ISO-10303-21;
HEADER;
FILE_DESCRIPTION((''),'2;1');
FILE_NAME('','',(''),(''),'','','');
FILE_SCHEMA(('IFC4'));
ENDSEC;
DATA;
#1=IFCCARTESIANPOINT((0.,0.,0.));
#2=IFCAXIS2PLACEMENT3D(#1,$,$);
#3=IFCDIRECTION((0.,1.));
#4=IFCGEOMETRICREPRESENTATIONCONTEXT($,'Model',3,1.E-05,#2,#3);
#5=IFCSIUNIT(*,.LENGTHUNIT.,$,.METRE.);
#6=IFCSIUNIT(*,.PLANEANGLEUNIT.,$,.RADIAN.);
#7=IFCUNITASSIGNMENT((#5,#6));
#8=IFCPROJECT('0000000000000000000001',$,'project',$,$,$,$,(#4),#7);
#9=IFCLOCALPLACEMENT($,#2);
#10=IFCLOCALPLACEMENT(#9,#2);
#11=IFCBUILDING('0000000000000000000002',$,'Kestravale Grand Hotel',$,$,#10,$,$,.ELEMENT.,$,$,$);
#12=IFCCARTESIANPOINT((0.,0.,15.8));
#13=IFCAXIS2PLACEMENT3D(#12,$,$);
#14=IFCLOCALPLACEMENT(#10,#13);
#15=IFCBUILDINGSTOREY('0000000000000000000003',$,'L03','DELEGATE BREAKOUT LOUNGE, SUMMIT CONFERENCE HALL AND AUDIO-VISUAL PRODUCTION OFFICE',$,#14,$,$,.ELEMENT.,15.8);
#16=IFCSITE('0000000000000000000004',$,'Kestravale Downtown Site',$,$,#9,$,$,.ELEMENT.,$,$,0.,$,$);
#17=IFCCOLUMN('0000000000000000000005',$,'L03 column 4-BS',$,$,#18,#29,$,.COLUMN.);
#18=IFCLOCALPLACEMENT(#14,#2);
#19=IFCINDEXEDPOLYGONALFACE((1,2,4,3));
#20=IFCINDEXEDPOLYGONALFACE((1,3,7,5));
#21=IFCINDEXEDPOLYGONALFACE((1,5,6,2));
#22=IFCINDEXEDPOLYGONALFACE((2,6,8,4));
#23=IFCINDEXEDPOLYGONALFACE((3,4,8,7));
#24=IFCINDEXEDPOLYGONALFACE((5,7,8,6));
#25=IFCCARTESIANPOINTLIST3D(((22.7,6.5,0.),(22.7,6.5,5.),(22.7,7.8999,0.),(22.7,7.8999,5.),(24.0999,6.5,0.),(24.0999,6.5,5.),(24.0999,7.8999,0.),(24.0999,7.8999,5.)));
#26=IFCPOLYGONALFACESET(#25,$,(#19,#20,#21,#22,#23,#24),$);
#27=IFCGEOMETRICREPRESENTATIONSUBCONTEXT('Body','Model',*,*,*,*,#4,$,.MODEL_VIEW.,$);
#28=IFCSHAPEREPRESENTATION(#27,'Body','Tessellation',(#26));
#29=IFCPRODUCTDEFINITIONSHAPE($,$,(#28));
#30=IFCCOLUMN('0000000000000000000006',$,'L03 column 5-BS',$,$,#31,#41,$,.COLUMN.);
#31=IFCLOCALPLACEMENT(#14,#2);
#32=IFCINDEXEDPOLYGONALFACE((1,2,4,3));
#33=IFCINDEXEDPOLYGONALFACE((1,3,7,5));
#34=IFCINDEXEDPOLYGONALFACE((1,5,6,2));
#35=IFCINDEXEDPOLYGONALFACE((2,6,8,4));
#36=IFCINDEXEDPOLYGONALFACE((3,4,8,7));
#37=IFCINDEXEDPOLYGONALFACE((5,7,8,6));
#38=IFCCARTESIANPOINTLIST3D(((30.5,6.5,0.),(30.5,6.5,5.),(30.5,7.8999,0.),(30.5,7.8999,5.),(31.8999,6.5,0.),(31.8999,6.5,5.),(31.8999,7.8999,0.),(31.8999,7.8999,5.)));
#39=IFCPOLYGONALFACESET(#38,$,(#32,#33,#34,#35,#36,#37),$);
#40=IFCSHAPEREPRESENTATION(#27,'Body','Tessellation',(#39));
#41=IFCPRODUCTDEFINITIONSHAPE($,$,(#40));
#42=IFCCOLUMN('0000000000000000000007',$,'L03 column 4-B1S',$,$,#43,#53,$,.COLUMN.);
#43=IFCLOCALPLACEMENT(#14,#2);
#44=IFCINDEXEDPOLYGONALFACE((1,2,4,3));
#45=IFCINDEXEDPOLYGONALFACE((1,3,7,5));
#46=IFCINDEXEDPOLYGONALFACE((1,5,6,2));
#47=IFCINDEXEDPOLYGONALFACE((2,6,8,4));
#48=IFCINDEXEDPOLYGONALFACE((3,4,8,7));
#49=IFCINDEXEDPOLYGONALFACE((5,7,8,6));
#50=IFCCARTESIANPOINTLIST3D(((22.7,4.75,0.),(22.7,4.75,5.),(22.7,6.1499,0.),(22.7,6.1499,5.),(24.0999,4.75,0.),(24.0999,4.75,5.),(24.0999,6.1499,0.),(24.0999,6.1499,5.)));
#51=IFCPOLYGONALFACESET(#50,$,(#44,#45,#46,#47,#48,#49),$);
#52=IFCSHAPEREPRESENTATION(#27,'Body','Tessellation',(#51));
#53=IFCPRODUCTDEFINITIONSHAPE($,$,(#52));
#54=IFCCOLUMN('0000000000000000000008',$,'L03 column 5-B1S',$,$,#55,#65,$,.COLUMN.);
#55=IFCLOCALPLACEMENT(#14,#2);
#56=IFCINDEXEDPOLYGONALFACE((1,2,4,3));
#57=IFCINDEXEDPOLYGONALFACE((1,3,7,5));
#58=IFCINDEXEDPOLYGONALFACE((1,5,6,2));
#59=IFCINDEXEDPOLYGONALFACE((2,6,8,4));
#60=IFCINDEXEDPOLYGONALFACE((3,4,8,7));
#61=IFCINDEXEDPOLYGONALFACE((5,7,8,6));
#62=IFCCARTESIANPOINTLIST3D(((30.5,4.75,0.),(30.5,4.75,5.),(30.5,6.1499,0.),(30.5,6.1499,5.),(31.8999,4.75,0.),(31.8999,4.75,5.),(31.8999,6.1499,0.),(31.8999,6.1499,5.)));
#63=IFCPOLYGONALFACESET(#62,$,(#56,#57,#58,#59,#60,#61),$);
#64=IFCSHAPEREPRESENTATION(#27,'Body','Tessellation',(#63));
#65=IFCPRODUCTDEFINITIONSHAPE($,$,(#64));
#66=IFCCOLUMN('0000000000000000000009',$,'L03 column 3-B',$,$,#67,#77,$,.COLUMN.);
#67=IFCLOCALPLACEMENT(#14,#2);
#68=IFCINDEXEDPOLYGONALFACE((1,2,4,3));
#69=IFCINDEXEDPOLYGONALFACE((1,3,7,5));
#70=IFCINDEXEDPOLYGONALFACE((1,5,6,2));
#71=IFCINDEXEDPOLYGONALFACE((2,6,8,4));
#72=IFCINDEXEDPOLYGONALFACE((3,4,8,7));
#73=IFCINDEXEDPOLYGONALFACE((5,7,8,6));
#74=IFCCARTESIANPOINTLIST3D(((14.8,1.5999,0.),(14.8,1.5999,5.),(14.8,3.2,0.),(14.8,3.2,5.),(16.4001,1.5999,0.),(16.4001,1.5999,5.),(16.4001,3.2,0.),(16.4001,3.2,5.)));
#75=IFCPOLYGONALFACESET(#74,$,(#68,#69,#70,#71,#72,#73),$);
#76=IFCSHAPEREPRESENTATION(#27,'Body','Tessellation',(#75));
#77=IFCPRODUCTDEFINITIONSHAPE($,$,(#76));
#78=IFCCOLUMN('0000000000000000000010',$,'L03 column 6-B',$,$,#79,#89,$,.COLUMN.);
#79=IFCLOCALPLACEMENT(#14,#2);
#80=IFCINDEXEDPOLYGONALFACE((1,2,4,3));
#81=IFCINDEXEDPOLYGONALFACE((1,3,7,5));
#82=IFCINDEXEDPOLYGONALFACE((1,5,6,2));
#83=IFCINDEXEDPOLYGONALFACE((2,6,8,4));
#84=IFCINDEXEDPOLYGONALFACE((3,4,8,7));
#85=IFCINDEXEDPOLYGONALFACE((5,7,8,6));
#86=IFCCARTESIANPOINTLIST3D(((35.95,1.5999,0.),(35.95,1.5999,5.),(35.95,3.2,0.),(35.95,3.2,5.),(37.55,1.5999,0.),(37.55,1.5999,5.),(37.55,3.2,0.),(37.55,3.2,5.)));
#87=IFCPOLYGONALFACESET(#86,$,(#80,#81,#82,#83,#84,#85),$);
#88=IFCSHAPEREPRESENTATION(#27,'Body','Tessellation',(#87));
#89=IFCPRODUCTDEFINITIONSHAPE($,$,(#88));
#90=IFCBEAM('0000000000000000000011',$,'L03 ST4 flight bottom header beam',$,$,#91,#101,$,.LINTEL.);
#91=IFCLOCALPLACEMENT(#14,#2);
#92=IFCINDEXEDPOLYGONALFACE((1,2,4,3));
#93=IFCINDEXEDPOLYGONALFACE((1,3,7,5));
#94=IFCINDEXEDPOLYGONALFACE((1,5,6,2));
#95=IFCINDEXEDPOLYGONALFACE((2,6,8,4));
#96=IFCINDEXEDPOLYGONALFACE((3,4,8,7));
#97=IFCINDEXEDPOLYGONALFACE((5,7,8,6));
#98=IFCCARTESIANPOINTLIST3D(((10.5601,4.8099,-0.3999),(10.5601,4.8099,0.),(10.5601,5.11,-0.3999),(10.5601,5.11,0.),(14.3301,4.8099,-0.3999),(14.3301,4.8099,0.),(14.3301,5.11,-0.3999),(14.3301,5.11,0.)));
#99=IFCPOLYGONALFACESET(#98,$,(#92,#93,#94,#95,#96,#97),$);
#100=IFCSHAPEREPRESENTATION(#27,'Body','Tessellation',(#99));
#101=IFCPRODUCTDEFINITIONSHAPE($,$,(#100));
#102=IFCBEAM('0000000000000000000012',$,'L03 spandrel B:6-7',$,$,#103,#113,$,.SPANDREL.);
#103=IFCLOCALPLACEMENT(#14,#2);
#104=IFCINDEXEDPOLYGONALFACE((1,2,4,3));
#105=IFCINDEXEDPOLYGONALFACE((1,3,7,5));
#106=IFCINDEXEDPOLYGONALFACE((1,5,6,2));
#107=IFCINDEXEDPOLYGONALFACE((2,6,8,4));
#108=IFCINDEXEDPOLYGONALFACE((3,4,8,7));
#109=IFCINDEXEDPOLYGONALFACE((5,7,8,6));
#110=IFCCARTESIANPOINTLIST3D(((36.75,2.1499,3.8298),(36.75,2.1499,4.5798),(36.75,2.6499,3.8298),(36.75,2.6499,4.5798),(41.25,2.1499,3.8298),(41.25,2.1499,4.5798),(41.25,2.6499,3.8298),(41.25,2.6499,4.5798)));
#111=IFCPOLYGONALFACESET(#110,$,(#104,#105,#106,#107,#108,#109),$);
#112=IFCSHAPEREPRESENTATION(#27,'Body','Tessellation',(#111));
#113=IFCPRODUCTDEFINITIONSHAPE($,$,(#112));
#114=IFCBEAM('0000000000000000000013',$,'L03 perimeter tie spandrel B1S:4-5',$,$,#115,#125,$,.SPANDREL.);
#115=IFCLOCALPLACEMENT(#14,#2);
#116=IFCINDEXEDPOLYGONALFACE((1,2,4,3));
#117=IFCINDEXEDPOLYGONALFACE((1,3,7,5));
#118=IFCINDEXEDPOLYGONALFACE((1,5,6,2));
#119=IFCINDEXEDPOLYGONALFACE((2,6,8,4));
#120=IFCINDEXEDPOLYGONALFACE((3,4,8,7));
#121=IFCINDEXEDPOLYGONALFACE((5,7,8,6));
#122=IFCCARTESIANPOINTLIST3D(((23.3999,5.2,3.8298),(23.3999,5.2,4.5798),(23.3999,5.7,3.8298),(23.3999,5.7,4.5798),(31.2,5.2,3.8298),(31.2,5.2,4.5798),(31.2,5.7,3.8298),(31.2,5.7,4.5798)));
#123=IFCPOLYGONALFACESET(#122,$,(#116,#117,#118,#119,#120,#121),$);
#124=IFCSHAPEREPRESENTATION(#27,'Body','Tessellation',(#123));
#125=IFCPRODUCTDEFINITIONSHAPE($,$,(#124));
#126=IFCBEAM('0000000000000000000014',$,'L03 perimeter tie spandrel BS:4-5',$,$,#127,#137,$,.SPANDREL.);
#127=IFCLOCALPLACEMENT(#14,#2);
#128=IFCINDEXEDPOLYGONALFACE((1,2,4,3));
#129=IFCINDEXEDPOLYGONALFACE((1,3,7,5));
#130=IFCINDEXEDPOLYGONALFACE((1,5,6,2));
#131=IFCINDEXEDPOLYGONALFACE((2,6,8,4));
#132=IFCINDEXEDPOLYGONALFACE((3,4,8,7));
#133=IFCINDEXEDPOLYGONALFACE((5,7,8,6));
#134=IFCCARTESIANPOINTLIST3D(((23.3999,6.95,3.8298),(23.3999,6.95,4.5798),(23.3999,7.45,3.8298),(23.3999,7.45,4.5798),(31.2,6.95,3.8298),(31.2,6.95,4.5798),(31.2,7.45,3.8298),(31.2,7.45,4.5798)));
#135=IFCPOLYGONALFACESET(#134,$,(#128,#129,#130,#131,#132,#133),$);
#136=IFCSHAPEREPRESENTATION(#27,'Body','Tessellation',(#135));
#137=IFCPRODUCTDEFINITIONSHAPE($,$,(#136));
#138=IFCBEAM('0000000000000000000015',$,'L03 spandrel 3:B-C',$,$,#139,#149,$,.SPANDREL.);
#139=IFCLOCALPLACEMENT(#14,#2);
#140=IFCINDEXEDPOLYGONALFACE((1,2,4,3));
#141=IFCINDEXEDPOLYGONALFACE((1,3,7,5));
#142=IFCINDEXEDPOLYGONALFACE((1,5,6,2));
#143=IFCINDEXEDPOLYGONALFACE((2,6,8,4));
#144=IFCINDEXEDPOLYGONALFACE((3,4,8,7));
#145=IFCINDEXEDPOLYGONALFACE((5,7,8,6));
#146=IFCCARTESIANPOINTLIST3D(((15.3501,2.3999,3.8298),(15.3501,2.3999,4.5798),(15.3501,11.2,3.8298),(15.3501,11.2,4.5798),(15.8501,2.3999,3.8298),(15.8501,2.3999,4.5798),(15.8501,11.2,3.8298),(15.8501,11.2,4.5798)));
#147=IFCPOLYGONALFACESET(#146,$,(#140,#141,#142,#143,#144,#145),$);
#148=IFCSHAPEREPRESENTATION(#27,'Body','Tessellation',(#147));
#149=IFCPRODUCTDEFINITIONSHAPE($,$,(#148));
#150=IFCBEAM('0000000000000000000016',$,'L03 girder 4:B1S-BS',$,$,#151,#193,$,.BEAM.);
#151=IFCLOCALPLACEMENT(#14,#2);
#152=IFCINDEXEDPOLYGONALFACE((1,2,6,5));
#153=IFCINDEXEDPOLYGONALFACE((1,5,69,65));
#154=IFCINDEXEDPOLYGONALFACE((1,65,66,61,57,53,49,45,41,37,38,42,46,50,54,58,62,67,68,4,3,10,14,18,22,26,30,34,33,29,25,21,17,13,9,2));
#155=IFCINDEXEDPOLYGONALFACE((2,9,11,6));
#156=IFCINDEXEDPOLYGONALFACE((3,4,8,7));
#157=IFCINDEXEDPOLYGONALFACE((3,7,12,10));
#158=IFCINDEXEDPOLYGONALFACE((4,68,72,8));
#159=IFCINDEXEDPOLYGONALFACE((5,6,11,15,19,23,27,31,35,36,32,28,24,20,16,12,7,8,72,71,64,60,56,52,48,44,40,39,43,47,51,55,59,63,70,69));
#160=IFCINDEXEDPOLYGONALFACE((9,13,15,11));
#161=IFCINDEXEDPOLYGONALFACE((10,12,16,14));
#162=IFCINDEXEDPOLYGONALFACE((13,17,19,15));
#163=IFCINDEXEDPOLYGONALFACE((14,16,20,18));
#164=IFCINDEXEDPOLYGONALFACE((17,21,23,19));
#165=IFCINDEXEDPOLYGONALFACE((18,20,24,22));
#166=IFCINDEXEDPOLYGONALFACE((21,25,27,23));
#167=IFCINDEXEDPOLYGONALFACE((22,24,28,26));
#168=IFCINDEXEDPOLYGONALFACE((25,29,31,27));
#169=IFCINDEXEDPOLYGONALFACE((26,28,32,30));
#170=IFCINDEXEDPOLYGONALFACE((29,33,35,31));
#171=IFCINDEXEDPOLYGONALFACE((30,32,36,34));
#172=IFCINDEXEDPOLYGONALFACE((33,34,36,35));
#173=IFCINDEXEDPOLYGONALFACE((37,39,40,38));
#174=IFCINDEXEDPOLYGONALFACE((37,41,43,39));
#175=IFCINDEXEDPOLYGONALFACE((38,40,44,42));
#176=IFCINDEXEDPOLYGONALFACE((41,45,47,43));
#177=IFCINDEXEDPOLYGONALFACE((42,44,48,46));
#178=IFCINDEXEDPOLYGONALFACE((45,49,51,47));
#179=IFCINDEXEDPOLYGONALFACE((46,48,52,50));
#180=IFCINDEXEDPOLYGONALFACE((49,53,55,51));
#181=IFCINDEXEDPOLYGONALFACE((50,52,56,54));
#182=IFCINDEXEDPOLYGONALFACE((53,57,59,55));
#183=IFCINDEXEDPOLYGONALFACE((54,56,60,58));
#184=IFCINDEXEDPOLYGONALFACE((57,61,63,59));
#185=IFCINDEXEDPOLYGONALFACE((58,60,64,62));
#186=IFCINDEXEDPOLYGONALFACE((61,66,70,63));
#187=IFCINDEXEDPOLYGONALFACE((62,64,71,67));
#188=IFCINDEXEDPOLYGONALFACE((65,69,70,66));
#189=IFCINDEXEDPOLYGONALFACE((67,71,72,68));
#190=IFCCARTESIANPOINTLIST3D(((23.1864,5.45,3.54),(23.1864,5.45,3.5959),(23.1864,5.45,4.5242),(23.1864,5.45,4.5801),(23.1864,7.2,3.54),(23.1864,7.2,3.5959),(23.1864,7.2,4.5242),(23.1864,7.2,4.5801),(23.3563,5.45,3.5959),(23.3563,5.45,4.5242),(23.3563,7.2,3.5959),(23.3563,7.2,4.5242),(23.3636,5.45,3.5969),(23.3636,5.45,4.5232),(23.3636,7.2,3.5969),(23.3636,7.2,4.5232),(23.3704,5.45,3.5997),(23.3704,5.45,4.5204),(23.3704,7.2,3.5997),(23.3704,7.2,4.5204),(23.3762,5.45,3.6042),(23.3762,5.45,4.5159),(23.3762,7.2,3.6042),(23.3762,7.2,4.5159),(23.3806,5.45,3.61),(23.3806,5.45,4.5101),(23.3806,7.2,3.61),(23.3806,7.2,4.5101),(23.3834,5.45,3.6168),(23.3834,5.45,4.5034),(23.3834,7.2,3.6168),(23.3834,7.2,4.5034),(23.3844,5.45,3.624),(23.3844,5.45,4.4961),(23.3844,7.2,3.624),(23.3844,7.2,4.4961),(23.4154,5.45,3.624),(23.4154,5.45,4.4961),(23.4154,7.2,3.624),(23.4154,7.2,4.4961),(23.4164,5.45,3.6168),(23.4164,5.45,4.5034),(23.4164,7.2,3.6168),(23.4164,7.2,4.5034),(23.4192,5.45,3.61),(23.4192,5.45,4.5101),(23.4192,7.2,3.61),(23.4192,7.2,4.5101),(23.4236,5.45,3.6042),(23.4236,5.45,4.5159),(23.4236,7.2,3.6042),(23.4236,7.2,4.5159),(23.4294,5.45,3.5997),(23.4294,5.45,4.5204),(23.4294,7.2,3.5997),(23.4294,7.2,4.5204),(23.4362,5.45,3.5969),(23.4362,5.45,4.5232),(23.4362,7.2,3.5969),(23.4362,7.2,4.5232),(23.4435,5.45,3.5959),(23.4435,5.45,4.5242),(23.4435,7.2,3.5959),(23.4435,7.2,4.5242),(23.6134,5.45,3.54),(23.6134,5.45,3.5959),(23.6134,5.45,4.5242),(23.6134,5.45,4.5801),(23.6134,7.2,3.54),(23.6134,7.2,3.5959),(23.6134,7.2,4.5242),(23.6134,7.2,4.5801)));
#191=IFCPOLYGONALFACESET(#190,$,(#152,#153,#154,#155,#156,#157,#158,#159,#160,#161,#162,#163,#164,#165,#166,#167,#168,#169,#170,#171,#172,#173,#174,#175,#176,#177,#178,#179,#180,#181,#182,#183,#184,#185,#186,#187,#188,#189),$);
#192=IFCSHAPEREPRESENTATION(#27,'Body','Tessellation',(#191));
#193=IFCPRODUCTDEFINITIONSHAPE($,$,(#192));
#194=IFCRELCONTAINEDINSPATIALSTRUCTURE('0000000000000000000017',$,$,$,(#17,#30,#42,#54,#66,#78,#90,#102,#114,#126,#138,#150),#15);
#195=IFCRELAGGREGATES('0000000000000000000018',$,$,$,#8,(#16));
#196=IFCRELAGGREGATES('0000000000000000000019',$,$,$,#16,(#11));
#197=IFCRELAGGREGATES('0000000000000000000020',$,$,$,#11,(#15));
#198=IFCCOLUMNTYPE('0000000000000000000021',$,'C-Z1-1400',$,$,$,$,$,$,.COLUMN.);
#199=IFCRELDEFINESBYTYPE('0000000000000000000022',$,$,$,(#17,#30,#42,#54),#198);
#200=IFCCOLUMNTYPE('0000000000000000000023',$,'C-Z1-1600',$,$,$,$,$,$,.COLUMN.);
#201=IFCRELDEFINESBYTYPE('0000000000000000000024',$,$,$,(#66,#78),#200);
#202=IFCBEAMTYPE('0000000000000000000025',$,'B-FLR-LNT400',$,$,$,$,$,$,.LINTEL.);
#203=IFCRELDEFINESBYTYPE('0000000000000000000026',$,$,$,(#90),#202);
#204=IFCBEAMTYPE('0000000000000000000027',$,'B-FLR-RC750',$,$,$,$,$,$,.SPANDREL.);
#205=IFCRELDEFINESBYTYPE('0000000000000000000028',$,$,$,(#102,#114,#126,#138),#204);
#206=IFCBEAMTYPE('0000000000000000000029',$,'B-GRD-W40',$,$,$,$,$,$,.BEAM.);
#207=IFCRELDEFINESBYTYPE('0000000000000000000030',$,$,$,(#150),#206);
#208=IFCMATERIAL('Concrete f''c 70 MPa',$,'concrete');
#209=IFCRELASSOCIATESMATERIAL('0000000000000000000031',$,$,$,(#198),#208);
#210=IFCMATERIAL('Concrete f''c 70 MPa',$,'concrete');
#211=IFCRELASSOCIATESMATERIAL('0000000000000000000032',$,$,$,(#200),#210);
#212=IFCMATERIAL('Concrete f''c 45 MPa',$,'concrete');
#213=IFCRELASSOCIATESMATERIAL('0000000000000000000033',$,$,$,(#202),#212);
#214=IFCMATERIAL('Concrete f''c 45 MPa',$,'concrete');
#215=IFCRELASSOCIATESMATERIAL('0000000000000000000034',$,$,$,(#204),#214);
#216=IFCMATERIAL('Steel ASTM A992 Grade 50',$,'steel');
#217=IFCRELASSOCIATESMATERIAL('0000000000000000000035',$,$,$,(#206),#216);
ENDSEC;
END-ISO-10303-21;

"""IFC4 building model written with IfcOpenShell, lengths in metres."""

from ifc_helpers import new_model, si_unit, direction, frame, origin, origin_2d, place, context, subcontext, project, spatial, rectangle, i_section, extrude, material, material_profile, profile_set, type_object, element, save


model = new_model("IFC4")

# Units and contexts
model_context = context("Model", 3, precision=1e-05, world=origin(), true_north=direction((0.0, 1.0)))
body_context = subcontext(model_context, "Body", "Model", "MODEL_VIEW")
ifc_project = project(units=[si_unit("LENGTHUNIT", "METRE"), si_unit("PLANEANGLEUNIT", "RADIAN")], contexts=[model_context])

# Site, building, storey
site_placement = place(None, origin())
site = spatial("IfcSite", under=ifc_project, at=site_placement, Name="Kestravale Downtown Site", CompositionType="ELEMENT", RefElevation=0.0)
building_placement = place(site_placement, origin())
building = spatial("IfcBuilding", under=site, at=building_placement, Name="Kestravale Grand Hotel", CompositionType="ELEMENT")
storey_placement = place(building_placement, frame((0.0, 0.0, 15.8)))
storey = spatial("IfcBuildingStorey", under=building, at=storey_placement, Name="L03", Description="DELEGATE BREAKOUT LOUNGE, SUMMIT CONFERENCE HALL AND AUDIO-VISUAL PRODUCTION OFFICE", CompositionType="ELEMENT", Elevation=15.8)

# Columns
ifc_material_1 = material(Name="Concrete f'c 70 MPa", Category="concrete")
ifc_material_profile_1 = material_profile(ifc_material_1, rectangle(XDim=1.3999, YDim=1.3999, at=origin_2d()))
ifc_profile_set_1 = profile_set([ifc_material_profile_1], Name="Concrete f'c 70 MPa")
column_type_1 = type_object("IfcColumnType", Name="C-Z1-1400", PredefinedType="COLUMN", material=ifc_profile_set_1)
for number, where, z_axis, x_axis, name in (
    (1, (23.3999, 7.2, 0.0), (0.0, 0.0, 1.0), (1.0, 0.0, 0.0), "L03 column 4-BS"),
    (2, (31.2, 7.2, 0.0), (0.0, 0.0, 1.0), (1.0, 0.0, 0.0), "L03 column 5-BS"),
    (3, (23.3999, 5.45, 0.0), (0.0, 0.0, 1.0), (1.0, 0.0, 0.0), "L03 column 4-B1S"),
    (4, (31.2, 5.45, 0.0), (0.0, 0.0, 1.0), (1.0, 0.0, 0.0), "L03 column 5-B1S"),
):
    element("IfcColumn", number, at=place(storey_placement, frame(where, z_axis=z_axis, x_axis=x_axis)), inside=storey, type_object=column_type_1, Name=name, PredefinedType="COLUMN", context=body_context, shape_type="SweptSolid", body=[
        extrude(rectangle(XDim=1.3999, YDim=1.3999, at=origin_2d()), origin(), (0.0, 0.0, 1.0), 5.0),
    ])
ifc_material_2 = material(Name="Concrete f'c 70 MPa", Category="concrete")
ifc_material_profile_2 = material_profile(ifc_material_2, rectangle(XDim=1.6001, YDim=1.6001, at=origin_2d()))
ifc_profile_set_2 = profile_set([ifc_material_profile_2], Name="Concrete f'c 70 MPa")
column_type_2 = type_object("IfcColumnType", Name="C-Z1-1600", PredefinedType="COLUMN", material=ifc_profile_set_2)
for number, where, z_axis, x_axis, name in (
    (5, (15.6001, 2.3999, 0.0), (0.0, 0.0, 1.0), (1.0, 0.0, 0.0), "L03 column 3-B"),
    (6, (36.75, 2.3999, 0.0), (0.0, 0.0, 1.0), (1.0, 0.0, 0.0), "L03 column 6-B"),
):
    element("IfcColumn", number, at=place(storey_placement, frame(where, z_axis=z_axis, x_axis=x_axis)), inside=storey, type_object=column_type_2, Name=name, PredefinedType="COLUMN", context=body_context, shape_type="SweptSolid", body=[
        extrude(rectangle(XDim=1.6001, YDim=1.6001, at=origin_2d()), origin(), (0.0, 0.0, 1.0), 5.0),
    ])

# Beams
ifc_material_3 = material(Name="Concrete f'c 45 MPa", Category="concrete")
ifc_material_profile_3 = material_profile(ifc_material_3, rectangle(XDim=0.3, YDim=0.3999, at=origin_2d()))
ifc_profile_set_3 = profile_set([ifc_material_profile_3], Name="Concrete f'c 45 MPa")
beam_type_1 = type_object("IfcBeamType", Name="B-FLR-LNT400", PredefinedType="LINTEL", material=ifc_profile_set_3)
beam_1_placement = place(storey_placement, frame((10.5601, 4.96, -0.2), z_axis=(1.0, 0.0, 0.0), x_axis=(0.0, 1.0, 0.0)))
element("IfcBeam", 7, at=beam_1_placement, inside=storey, type_object=beam_type_1, Name="L03 ST4 flight bottom header beam", PredefinedType="LINTEL", context=body_context, shape_type="SweptSolid", body=[
    extrude(rectangle(XDim=0.3, YDim=0.3999, at=origin_2d()), origin(), (0.0, 0.0, 1.0), 3.77),
])
ifc_material_4 = material(Name="Concrete f'c 45 MPa", Category="concrete")
ifc_material_profile_4 = material_profile(ifc_material_4, rectangle(XDim=0.5, YDim=0.75, at=origin_2d()))
ifc_profile_set_4 = profile_set([ifc_material_profile_4], Name="Concrete f'c 45 MPa")
beam_type_2 = type_object("IfcBeamType", Name="B-FLR-RC750", PredefinedType="SPANDREL", material=ifc_profile_set_4)
beam_2_placement = place(storey_placement, frame((36.75, 2.3999, 4.2048), z_axis=(1.0, 0.0, 0.0), x_axis=(0.0, 1.0, 0.0)))
element("IfcBeam", 8, at=beam_2_placement, inside=storey, type_object=beam_type_2, Name="L03 spandrel B:6-7", PredefinedType="SPANDREL", context=body_context, shape_type="SweptSolid", body=[
    extrude(rectangle(XDim=0.5, YDim=0.75, at=origin_2d()), origin(), (0.0, 0.0, 1.0), 4.5),
])
for number, where, z_axis, x_axis, name in (
    (9, (23.3999, 5.45, 4.2048), (1.0, 0.0, 0.0), (0.0, 1.0, 0.0), "L03 perimeter tie spandrel B1S:4-5"),
    (10, (23.3999, 7.2, 4.2048), (1.0, 0.0, 0.0), (0.0, 1.0, 0.0), "L03 perimeter tie spandrel BS:4-5"),
):
    element("IfcBeam", number, at=place(storey_placement, frame(where, z_axis=z_axis, x_axis=x_axis)), inside=storey, type_object=beam_type_2, Name=name, PredefinedType="SPANDREL", context=body_context, shape_type="SweptSolid", body=[
        extrude(rectangle(XDim=0.5, YDim=0.75, at=origin_2d()), origin(), (0.0, 0.0, 1.0), 7.8),
    ])
beam_3_placement = place(storey_placement, frame((15.6001, 2.3999, 4.2048), z_axis=(0.0, 1.0, 0.0), x_axis=(-1.0, 0.0, 0.0)))
element("IfcBeam", 11, at=beam_3_placement, inside=storey, type_object=beam_type_2, Name="L03 spandrel 3:B-C", PredefinedType="SPANDREL", context=body_context, shape_type="SweptSolid", body=[
    extrude(rectangle(XDim=0.5, YDim=0.75, at=origin_2d()), origin(), (0.0, 0.0, 1.0), 8.8),
])
ifc_material_5 = material(Name="Steel ASTM A992 Grade 50", Category="steel")
ifc_material_profile_5 = material_profile(ifc_material_5, i_section(OverallWidth=0.427, OverallDepth=1.04, WebThickness=0.031, FlangeThickness=0.0559, FilletRadius=0.0281, at=origin_2d()))
ifc_profile_set_5 = profile_set([ifc_material_profile_5], Name="Steel ASTM A992 Grade 50")
beam_type_3 = type_object("IfcBeamType", Name="B-GRD-W40", PredefinedType="BEAM", material=ifc_profile_set_5)
beam_4_placement = place(storey_placement, frame((23.3999, 5.45, 4.0601), z_axis=(0.0, 1.0, 0.0), x_axis=(-1.0, 0.0, 0.0)))
element("IfcBeam", 12, at=beam_4_placement, inside=storey, type_object=beam_type_3, Name="L03 girder 4:B1S-BS", PredefinedType="BEAM", context=body_context, shape_type="SweptSolid", body=[
    extrude(i_section(OverallWidth=0.427, OverallDepth=1.04, WebThickness=0.031, FlangeThickness=0.0559, FilletRadius=0.0281, at=origin_2d()), origin(), (0.0, 0.0, 1.0), 1.75),
])

save(model, "model.ifc")
